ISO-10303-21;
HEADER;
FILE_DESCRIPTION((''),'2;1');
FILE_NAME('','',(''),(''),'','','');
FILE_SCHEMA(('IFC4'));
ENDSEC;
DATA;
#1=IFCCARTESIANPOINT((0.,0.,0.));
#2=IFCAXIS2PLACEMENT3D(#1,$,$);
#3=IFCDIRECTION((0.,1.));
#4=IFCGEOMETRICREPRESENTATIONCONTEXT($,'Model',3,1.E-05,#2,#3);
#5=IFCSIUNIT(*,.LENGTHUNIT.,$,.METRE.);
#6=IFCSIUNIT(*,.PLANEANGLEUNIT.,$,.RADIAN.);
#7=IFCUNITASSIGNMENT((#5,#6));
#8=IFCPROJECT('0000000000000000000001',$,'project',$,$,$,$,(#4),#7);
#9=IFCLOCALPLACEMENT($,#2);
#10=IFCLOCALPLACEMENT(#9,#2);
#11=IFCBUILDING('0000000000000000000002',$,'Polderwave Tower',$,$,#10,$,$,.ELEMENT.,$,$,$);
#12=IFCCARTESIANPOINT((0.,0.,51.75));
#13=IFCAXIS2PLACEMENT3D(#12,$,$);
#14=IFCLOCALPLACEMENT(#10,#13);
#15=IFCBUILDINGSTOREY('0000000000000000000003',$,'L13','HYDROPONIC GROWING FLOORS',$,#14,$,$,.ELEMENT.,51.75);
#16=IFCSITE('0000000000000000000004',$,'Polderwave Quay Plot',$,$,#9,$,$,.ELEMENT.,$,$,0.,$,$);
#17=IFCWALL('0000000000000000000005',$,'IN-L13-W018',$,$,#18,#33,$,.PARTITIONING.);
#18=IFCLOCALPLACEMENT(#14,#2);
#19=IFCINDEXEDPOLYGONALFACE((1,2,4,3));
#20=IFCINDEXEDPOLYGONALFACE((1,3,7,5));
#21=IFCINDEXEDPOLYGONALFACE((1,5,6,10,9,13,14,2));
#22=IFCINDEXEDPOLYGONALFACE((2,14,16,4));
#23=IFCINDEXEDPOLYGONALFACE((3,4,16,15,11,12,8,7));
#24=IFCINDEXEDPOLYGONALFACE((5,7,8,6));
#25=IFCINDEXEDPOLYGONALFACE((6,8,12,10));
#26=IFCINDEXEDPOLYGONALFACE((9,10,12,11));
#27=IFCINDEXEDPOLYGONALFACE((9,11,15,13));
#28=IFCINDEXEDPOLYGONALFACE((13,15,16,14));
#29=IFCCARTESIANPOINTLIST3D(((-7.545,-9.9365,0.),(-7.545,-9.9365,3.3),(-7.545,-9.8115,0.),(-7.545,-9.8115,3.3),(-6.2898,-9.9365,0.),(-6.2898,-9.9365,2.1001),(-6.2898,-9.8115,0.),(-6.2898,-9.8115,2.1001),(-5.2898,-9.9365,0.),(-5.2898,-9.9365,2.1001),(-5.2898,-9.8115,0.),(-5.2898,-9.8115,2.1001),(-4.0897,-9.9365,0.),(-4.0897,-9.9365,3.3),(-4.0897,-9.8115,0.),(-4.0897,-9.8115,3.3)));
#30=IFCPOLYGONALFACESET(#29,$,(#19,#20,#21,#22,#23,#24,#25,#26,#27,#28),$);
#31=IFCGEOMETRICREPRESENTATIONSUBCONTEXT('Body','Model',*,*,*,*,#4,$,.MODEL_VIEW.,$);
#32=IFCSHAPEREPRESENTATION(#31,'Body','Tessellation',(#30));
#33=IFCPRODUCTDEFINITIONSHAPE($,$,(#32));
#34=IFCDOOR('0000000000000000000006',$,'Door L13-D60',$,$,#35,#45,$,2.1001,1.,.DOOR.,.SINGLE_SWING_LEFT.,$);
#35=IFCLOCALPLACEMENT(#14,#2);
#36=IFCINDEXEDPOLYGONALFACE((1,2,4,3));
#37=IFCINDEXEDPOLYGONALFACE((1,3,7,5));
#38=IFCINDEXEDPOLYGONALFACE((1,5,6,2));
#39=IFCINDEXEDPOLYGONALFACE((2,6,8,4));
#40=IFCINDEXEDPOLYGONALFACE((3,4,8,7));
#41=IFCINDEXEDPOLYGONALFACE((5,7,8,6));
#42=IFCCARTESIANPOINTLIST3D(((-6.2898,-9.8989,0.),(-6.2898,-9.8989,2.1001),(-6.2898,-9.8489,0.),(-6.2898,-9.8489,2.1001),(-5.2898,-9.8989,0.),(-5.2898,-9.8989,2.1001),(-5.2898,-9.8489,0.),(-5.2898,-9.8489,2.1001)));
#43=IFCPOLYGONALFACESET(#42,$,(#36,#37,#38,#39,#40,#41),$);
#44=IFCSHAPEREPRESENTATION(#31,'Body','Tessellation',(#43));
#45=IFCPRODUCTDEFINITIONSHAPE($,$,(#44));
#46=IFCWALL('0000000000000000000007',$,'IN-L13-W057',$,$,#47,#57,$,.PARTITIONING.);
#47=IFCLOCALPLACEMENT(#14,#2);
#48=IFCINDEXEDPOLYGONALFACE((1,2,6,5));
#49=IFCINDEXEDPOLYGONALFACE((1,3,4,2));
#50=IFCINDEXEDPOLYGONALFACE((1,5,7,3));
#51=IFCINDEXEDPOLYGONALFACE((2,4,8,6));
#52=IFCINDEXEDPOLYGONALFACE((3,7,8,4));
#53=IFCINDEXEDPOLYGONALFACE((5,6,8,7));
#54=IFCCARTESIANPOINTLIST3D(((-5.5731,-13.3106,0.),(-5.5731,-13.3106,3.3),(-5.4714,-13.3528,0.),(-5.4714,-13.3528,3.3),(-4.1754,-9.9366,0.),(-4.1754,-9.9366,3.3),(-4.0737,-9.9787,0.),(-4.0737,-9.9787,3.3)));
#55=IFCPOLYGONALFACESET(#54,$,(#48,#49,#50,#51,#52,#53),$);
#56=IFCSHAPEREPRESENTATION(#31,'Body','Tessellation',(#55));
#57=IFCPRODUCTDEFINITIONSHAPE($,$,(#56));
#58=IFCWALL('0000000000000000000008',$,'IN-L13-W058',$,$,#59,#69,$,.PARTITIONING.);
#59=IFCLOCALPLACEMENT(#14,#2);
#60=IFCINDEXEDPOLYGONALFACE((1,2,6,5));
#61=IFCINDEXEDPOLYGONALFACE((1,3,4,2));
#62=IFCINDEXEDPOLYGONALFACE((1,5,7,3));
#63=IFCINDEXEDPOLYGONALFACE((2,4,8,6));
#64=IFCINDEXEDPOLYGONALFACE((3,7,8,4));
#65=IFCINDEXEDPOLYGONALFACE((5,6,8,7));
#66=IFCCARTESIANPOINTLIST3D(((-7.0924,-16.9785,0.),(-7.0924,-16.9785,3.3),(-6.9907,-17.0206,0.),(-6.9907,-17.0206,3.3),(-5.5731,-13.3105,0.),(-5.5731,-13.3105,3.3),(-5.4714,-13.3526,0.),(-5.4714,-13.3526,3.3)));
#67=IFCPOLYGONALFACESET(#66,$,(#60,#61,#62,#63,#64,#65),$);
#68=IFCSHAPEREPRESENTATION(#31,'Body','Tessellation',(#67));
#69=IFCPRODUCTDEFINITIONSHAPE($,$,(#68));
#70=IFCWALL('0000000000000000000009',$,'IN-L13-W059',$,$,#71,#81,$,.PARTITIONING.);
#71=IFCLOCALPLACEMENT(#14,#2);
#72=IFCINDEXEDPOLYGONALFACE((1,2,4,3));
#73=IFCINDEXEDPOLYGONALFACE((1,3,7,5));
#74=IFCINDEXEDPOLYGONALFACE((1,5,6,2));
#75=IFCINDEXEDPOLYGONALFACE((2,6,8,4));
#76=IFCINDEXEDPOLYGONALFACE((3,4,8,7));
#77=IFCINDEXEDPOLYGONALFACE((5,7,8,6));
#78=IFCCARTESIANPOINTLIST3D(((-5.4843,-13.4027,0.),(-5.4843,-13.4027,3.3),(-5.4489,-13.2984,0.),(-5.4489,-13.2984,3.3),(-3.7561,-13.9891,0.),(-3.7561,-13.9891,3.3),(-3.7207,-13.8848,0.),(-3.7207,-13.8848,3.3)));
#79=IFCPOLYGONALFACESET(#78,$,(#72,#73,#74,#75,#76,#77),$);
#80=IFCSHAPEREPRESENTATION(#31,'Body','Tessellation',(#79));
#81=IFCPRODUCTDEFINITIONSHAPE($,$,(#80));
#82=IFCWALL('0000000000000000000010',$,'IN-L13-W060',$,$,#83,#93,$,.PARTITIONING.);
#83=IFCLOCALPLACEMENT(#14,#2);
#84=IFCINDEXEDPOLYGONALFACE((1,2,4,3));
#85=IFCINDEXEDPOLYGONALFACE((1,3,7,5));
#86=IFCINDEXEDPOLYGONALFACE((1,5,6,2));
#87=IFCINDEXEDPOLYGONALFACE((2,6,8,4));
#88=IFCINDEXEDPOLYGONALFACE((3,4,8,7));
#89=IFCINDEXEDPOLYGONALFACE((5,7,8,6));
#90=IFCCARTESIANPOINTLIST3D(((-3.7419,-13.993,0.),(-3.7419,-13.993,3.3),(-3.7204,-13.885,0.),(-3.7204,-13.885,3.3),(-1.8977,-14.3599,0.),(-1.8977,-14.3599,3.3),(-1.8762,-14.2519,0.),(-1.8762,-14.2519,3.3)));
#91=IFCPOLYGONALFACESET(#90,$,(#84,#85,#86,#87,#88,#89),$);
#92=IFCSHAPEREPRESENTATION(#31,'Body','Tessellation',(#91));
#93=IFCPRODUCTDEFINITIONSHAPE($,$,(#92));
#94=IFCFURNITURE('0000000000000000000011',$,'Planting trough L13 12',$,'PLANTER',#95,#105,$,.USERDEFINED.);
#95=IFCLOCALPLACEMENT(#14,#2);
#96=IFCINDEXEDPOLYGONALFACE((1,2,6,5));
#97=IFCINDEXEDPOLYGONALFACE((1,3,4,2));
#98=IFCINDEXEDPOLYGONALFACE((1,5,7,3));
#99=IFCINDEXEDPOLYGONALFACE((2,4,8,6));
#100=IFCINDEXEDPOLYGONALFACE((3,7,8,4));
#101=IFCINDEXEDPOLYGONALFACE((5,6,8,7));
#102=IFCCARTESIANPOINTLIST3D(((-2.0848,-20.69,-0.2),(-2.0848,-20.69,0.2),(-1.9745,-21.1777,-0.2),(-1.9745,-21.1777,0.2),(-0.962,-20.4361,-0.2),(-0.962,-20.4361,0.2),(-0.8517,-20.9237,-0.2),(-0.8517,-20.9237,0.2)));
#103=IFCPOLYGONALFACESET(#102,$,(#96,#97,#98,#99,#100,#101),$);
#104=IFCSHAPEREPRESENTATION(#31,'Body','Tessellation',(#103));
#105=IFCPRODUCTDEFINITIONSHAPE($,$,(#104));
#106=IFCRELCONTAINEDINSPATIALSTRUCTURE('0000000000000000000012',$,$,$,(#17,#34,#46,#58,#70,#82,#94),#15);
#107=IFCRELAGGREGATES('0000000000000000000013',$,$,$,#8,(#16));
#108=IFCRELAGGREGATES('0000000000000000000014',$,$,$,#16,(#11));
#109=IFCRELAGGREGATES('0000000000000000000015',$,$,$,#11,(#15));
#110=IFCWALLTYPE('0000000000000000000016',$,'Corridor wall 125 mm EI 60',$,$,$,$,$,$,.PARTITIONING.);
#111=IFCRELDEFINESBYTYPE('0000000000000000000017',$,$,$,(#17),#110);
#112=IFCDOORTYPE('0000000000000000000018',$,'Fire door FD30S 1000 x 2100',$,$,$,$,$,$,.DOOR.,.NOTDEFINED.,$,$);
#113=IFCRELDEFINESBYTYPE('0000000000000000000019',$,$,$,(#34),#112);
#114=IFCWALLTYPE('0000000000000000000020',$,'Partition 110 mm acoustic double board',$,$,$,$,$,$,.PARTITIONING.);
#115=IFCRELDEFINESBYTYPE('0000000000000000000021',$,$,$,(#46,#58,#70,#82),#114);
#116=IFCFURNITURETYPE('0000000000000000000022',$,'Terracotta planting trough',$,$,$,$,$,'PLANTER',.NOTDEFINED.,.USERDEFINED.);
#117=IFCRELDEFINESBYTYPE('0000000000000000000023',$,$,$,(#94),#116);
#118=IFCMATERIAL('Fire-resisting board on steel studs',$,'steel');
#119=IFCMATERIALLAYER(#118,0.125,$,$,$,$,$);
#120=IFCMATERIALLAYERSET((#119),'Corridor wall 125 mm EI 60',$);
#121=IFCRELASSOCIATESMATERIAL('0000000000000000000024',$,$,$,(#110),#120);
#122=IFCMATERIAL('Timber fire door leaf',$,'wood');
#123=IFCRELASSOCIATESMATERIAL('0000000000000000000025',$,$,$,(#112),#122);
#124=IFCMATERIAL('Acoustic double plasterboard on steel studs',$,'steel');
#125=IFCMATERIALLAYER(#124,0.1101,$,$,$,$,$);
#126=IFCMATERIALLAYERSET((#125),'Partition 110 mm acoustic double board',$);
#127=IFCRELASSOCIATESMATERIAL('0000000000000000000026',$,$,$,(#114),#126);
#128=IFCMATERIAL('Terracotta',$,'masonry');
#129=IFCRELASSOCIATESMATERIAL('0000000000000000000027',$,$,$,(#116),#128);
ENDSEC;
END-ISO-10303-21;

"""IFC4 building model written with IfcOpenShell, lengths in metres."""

from ifc_helpers import new_model, si_unit, direction, frame, frame_2d, origin, origin_2d, place, context, subcontext, project, spatial, rectangle, extrude, material, layer, layer_set, type_object, element, fill, save


model = new_model("IFC4")

# Units and contexts
model_context = context("Model", 3, precision=1e-05, world=origin(), true_north=direction((0.0, 1.0)))
body_context = subcontext(model_context, "Body", "Model", "MODEL_VIEW")
ifc_project = project(units=[si_unit("LENGTHUNIT", "METRE"), si_unit("PLANEANGLEUNIT", "RADIAN")], contexts=[model_context])

# Site, building, storey
site_placement = place(None, origin())
site = spatial("IfcSite", under=ifc_project, at=site_placement, Name="Polderwave Quay Plot", CompositionType="ELEMENT", RefElevation=0.0)
building_placement = place(site_placement, origin())
building = spatial("IfcBuilding", under=site, at=building_placement, Name="Polderwave Tower", CompositionType="ELEMENT")
storey_placement = place(building_placement, frame((0.0, 0.0, 51.75)))
storey = spatial("IfcBuildingStorey", under=building, at=storey_placement, Name="L13", Description="HYDROPONIC GROWING FLOORS", CompositionType="ELEMENT", Elevation=51.75)

# Shared definitions
ifc_material_1 = material(Name="Fire-resisting board on steel studs", Category="steel")
ifc_layer_1 = layer(ifc_material_1, 0.125)
ifc_layer_set_1 = layer_set([ifc_layer_1], Name="Corridor wall 125 mm EI 60")
wall_type_1 = type_object("IfcWallType", Name="Corridor wall 125 mm EI 60", PredefinedType="PARTITIONING", material=ifc_layer_set_1)

# Wall, opening, door
wall_1_placement = place(storey_placement, frame((-4.0898, -9.874, 0.0), z_axis=(0.0, 0.0, 1.0), x_axis=(-1.0, 0.0, 0.0)))
wall_1 = element("IfcWall", 1, at=wall_1_placement, inside=storey, type_object=wall_type_1, Name="IN-L13-W018", PredefinedType="PARTITIONING", context=body_context, shape_type="SweptSolid", body=[
    extrude(rectangle(XDim=3.4553, YDim=0.125, at=frame_2d((1.7275, 0.0))), origin(), (0.0, 0.0, 1.0), 3.3),
])
opening_placement = place(wall_1_placement, frame((1.2, 0.0, 0.0)))
opening = element("IfcOpeningElement", 2, at=opening_placement, cuts=wall_1, PredefinedType="OPENING", context=body_context, shape_type="SweptSolid", body=[
    extrude(rectangle(XDim=1.0, YDim=2.1001, at=frame_2d((0.5, 1.05))), frame((0.0, 0.0725, 0.0), z_axis=(0.0, -1.0, 0.0), x_axis=(1.0, 0.0, 0.0)), (0.0, 0.0, 1.0), 0.145),
])
ifc_material_2 = material(Name="Timber fire door leaf", Category="wood")
door_type = type_object("IfcDoorType", Name="Fire door FD30S 1000 x 2100", OperationType="NOTDEFINED", PredefinedType="DOOR", material=ifc_material_2)
door_placement = place(opening_placement, origin())
door = element("IfcDoor", 3, at=door_placement, inside=storey, type_object=door_type, Name="Door L13-D60", OperationType="SINGLE_SWING_LEFT", OverallHeight=2.1001, OverallWidth=1.0, PredefinedType="DOOR", context=body_context, shape_type="SweptSolid", body=[
    extrude(rectangle(XDim=1.0, YDim=2.1001, at=frame_2d((0.5, 1.05))), frame((0.0, 0.0249, 0.0), z_axis=(0.0, -1.0, 0.0), x_axis=(1.0, 0.0, 0.0)), (0.0, 0.0, 1.0), 0.05),
])
fill(opening, door)

# Walls
ifc_material_3 = material(Name="Acoustic double plasterboard on steel studs", Category="steel")
ifc_layer_2 = layer(ifc_material_3, 0.1101)
ifc_layer_set_2 = layer_set([ifc_layer_2], Name="Partition 110 mm acoustic double board")
wall_type_2 = type_object("IfcWallType", Name="Partition 110 mm acoustic double board", PredefinedType="PARTITIONING", material=ifc_layer_set_2)
wall_2_placement = place(storey_placement, frame((-4.1245, -9.9575, 0.0), z_axis=(0.0, 0.0, 1.0), x_axis=(-0.382716, -0.923866, 0.0)))
element("IfcWall", 4, at=wall_2_placement, inside=storey, type_object=wall_type_2, Name="IN-L13-W057", PredefinedType="PARTITIONING", context=body_context, shape_type="SweptSolid", body=[
    extrude(rectangle(XDim=3.6521, YDim=0.1101, at=frame_2d((1.8262, 0.0))), origin(), (0.0, 0.0, 1.0), 3.3),
])
wall_3_placement = place(storey_placement, frame((-5.5222, -13.3315, 0.0), z_axis=(0.0, 0.0, 1.0), x_axis=(-0.382676, -0.923883, 0.0)))
element("IfcWall", 5, at=wall_3_placement, inside=storey, type_object=wall_type_2, Name="IN-L13-W058", PredefinedType="PARTITIONING", context=body_context, shape_type="SweptSolid", body=[
    extrude(rectangle(XDim=3.9702, YDim=0.1101, at=frame_2d((1.9851, 0.0))), origin(), (0.0, 0.0, 1.0), 3.3),
])
wall_4_placement = place(storey_placement, frame((-3.7383, -13.937, 0.0), z_axis=(0.0, 0.0, 1.0), x_axis=(-0.946971, 0.32132, 0.0)))
element("IfcWall", 6, at=wall_4_placement, inside=storey, type_object=wall_type_2, Name="IN-L13-W059", PredefinedType="PARTITIONING", context=body_context, shape_type="SweptSolid", body=[
    extrude(rectangle(XDim=1.825, YDim=0.1101, at=frame_2d((0.9126, 0.0))), origin(), (0.0, 0.0, 1.0), 3.3),
])
wall_5_placement = place(storey_placement, frame((-1.887, -14.3059, 0.0), z_axis=(0.0, 0.0, 1.0), x_axis=(-0.980775, 0.195142, 0.0)))
element("IfcWall", 7, at=wall_5_placement, inside=storey, type_object=wall_type_2, Name="IN-L13-W060", PredefinedType="PARTITIONING", context=body_context, shape_type="SweptSolid", body=[
    extrude(rectangle(XDim=1.8804, YDim=0.1101, at=frame_2d((0.9402, 0.0))), origin(), (0.0, 0.0, 1.0), 3.3),
])

# Furniture
ifc_material_4 = material(Name="Terracotta", Category="masonry")
furniture_type = type_object("IfcFurnitureType", Name="Terracotta planting trough", ElementType="PLANTER", AssemblyPlace="NOTDEFINED", PredefinedType="USERDEFINED", material=ifc_material_4)
furniture_placement = place(storey_placement, frame((-1.4683, -20.8069, -0.2), z_axis=(0.0, 0.0, 1.0), x_axis=(0.975355, 0.22064, 0.0)))
element("IfcFurniture", 8, at=furniture_placement, inside=storey, type_object=furniture_type, Name="Planting trough L13 12", ObjectType="PLANTER", PredefinedType="USERDEFINED", context=body_context, shape_type="SweptSolid", body=[
    extrude(rectangle(XDim=1.1511, YDim=0.5, at=origin_2d()), origin(), (0.0, 0.0, 1.0), 0.3999),
])

save(model, "model.ifc")
